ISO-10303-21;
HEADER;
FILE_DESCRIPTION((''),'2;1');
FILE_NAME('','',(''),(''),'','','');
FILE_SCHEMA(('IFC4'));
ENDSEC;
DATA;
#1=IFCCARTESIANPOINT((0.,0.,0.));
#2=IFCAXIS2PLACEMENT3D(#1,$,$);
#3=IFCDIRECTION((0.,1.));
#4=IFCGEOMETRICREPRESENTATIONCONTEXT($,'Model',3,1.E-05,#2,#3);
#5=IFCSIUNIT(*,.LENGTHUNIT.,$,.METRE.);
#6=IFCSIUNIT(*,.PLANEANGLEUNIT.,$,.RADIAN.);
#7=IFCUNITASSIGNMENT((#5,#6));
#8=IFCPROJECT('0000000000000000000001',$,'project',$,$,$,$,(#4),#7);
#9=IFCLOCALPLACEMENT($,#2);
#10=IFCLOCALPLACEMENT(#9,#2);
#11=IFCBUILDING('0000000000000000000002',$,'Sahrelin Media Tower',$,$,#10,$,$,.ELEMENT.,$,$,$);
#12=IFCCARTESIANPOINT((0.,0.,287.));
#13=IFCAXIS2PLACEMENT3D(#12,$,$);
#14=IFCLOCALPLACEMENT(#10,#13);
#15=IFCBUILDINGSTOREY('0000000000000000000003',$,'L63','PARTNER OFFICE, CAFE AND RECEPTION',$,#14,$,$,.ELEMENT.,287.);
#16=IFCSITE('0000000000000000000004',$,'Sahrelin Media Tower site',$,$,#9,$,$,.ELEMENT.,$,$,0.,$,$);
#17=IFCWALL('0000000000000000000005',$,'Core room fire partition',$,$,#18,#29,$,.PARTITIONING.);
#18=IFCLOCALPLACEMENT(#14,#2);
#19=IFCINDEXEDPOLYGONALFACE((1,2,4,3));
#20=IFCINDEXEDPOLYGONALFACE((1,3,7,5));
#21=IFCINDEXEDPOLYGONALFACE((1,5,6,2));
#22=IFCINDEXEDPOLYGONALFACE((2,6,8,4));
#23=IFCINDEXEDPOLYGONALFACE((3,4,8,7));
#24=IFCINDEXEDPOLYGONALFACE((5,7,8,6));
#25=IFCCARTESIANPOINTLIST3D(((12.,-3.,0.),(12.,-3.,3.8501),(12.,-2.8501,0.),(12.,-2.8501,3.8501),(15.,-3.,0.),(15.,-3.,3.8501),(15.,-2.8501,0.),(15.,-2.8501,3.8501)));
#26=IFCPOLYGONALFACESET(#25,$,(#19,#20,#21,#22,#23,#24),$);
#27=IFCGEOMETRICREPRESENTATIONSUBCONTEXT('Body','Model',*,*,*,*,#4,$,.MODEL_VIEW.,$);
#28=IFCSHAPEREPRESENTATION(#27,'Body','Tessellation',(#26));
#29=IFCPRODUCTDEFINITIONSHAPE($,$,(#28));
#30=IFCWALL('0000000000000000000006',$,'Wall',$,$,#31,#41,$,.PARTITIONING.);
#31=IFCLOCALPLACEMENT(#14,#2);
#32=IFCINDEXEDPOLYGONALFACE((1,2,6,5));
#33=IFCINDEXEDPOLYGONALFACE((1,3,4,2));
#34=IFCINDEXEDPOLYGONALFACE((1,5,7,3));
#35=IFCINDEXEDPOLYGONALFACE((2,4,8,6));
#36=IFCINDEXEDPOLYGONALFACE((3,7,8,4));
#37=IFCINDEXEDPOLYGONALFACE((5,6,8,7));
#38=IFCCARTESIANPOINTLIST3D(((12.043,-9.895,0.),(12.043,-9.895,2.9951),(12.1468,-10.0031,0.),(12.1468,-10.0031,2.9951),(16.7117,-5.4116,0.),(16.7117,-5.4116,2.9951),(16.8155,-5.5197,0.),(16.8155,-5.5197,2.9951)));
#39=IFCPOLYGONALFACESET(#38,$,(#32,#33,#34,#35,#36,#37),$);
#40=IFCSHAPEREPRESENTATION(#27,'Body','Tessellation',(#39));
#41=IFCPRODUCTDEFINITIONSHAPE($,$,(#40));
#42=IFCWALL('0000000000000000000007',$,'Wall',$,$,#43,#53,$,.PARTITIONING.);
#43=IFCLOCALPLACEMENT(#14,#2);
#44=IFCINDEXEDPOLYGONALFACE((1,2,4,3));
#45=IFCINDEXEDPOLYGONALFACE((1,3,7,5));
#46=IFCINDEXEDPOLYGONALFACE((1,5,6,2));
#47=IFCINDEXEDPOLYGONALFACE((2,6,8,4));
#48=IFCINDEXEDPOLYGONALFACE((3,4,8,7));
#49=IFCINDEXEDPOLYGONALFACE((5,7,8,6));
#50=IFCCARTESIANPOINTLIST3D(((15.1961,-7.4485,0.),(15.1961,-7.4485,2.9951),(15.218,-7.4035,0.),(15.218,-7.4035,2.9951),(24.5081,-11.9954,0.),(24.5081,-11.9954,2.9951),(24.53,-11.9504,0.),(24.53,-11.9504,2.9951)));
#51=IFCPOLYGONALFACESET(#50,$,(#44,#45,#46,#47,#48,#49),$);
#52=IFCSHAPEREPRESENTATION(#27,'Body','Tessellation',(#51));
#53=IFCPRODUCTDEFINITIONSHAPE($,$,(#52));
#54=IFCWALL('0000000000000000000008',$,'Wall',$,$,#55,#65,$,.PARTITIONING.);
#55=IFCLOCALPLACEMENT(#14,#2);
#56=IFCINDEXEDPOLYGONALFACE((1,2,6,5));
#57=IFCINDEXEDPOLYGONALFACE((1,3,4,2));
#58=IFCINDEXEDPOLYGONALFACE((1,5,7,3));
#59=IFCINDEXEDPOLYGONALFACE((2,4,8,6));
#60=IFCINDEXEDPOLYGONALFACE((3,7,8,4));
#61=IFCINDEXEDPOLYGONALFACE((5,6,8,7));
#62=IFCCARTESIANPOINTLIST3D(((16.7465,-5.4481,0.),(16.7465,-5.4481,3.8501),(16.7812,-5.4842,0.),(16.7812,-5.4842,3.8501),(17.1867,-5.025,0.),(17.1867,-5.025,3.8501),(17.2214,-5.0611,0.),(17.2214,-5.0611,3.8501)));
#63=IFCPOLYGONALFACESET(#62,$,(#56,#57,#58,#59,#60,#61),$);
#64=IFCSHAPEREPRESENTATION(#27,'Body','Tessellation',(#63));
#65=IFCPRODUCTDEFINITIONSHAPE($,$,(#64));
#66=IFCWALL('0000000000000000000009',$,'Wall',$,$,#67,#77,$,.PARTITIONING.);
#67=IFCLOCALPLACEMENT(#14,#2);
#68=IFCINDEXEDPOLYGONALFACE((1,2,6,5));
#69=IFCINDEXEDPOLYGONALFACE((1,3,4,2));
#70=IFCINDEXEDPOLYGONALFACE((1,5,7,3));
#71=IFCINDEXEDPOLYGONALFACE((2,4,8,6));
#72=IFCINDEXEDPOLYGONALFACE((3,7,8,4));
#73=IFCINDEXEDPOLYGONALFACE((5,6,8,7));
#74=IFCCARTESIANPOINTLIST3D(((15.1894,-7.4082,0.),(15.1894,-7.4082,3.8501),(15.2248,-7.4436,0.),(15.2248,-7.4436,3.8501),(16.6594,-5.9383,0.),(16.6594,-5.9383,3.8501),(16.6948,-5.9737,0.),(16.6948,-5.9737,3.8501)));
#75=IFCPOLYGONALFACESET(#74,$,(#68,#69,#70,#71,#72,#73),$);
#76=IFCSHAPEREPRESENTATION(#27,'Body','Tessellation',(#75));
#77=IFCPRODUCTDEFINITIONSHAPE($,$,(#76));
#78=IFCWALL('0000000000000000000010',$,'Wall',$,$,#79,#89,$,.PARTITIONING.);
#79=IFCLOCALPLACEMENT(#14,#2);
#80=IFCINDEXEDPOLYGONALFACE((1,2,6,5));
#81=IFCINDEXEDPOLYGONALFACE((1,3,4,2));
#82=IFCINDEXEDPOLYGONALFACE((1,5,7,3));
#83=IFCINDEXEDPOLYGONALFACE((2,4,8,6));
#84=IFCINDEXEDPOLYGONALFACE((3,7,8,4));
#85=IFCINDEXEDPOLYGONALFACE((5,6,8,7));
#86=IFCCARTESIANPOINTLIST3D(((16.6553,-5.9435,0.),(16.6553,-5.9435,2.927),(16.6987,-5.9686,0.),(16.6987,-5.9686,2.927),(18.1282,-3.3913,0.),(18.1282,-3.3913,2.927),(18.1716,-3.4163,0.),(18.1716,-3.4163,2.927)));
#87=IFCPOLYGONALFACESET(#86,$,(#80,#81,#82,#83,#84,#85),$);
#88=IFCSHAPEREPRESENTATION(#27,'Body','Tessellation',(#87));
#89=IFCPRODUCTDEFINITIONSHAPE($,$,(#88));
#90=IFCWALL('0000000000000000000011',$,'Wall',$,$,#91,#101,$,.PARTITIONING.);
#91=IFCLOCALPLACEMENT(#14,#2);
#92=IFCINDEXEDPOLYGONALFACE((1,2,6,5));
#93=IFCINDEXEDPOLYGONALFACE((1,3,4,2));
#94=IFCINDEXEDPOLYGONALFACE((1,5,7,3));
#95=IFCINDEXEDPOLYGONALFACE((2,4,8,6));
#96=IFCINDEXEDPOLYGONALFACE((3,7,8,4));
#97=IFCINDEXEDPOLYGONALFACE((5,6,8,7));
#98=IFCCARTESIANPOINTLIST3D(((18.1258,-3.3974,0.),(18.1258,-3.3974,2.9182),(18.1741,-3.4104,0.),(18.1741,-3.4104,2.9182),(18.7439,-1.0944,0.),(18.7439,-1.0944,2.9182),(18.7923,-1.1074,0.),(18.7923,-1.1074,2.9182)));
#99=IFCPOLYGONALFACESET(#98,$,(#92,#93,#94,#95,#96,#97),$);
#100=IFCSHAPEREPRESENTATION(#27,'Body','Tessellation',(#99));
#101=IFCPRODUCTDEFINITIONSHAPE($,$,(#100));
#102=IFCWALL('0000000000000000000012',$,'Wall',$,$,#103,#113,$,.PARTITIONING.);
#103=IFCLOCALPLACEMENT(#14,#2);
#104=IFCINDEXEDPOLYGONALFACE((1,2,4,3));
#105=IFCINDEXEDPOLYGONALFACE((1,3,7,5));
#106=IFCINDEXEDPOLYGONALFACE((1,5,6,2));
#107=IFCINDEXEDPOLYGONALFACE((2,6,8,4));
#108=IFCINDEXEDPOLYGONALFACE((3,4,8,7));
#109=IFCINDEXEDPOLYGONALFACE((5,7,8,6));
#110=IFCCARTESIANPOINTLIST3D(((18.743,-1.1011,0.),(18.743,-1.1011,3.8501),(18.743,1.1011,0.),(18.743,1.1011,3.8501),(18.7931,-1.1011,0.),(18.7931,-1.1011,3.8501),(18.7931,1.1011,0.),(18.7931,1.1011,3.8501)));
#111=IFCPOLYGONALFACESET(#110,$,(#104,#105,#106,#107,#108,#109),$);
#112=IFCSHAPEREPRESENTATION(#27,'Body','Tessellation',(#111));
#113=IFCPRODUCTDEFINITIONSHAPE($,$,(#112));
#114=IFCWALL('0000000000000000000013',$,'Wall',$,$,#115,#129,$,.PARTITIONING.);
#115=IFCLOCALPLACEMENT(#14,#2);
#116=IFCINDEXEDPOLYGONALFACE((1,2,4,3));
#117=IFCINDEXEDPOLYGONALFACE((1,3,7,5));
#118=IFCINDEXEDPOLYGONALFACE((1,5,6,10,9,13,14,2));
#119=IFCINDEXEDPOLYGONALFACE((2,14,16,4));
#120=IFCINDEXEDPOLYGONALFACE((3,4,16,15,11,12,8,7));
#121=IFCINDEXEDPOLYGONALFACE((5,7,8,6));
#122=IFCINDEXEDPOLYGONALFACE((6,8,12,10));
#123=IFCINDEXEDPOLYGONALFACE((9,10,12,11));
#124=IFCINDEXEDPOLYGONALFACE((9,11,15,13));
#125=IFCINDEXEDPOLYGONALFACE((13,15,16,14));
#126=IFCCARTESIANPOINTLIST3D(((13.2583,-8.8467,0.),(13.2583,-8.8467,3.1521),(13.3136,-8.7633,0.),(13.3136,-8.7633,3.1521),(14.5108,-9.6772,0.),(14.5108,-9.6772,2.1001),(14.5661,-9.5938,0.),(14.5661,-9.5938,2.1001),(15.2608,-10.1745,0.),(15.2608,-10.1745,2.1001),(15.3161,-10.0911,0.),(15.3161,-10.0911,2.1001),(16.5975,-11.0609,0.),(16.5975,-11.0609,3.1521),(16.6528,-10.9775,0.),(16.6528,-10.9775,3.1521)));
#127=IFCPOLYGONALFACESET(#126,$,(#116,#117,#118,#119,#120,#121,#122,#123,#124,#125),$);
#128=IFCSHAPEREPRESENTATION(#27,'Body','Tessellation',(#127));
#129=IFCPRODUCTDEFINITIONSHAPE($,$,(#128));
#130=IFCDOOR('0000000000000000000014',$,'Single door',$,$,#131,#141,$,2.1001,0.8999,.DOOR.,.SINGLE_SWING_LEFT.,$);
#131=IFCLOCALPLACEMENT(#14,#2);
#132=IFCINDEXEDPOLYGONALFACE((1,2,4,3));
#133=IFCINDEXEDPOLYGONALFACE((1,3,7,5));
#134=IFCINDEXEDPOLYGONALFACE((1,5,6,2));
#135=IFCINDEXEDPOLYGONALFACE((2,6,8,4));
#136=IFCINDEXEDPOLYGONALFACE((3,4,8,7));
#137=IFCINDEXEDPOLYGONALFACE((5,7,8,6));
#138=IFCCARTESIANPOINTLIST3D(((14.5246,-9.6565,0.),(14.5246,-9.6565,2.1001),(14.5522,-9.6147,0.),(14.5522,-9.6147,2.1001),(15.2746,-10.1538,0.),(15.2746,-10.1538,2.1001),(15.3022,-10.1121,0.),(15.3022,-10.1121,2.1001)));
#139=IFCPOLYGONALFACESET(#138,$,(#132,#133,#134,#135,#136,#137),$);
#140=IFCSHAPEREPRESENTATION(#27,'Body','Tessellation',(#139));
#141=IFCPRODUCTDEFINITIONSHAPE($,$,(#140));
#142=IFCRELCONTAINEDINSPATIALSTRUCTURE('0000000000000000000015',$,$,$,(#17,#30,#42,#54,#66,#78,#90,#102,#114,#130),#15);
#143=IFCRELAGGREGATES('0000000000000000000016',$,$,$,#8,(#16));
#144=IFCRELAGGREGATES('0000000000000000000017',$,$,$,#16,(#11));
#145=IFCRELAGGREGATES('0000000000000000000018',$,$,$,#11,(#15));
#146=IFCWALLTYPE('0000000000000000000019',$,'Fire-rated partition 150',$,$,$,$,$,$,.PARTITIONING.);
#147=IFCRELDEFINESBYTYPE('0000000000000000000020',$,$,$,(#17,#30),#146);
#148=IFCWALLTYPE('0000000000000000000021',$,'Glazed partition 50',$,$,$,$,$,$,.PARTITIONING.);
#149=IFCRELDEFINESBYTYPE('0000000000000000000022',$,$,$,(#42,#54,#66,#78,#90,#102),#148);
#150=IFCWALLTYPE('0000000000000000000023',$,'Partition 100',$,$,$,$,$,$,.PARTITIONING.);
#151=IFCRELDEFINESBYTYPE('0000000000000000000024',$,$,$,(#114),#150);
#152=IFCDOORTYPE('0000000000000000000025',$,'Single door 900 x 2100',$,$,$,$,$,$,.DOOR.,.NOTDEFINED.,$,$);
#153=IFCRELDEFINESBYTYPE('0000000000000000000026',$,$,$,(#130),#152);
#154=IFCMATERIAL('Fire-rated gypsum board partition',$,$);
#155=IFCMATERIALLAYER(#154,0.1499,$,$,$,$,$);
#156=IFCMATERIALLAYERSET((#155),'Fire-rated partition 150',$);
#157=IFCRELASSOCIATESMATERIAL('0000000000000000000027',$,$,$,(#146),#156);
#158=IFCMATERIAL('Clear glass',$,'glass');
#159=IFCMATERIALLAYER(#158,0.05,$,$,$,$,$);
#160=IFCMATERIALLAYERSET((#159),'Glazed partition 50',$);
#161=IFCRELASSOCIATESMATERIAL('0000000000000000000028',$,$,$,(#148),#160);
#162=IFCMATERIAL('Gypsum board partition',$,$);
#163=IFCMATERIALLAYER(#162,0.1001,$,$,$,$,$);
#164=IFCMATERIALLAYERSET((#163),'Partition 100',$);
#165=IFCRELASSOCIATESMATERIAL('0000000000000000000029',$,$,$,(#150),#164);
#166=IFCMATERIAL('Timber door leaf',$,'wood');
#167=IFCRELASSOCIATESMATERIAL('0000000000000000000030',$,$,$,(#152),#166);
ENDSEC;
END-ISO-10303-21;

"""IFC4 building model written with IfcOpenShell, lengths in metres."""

from ifc_helpers import new_model, si_unit, direction, frame, frame_2d, origin, place, context, subcontext, project, spatial, rectangle, extrude, material, layer, layer_set, type_object, element, fill, save


model = new_model("IFC4")

# Units and contexts
model_context = context("Model", 3, precision=1e-05, world=origin(), true_north=direction((0.0, 1.0)))
body_context = subcontext(model_context, "Body", "Model", "MODEL_VIEW")
ifc_project = project(units=[si_unit("LENGTHUNIT", "METRE"), si_unit("PLANEANGLEUNIT", "RADIAN")], contexts=[model_context])

# Site, building, storey
site_placement = place(None, origin())
site = spatial("IfcSite", under=ifc_project, at=site_placement, Name="Sahrelin Media Tower site", CompositionType="ELEMENT", RefElevation=0.0)
building_placement = place(site_placement, origin())
building = spatial("IfcBuilding", under=site, at=building_placement, Name="Sahrelin Media Tower", CompositionType="ELEMENT")
storey_placement = place(building_placement, frame((0.0, 0.0, 287.0)))
storey = spatial("IfcBuildingStorey", under=building, at=storey_placement, Name="L63", Description="PARTNER OFFICE, CAFE AND RECEPTION", CompositionType="ELEMENT", Elevation=287.0)

# Walls
ifc_material_1 = material(Name="Fire-rated gypsum board partition")
ifc_layer_1 = layer(ifc_material_1, 0.1499)
ifc_layer_set_1 = layer_set([ifc_layer_1], Name="Fire-rated partition 150")
wall_type_1 = type_object("IfcWallType", Name="Fire-rated partition 150", PredefinedType="PARTITIONING", material=ifc_layer_set_1)
wall_1_placement = place(storey_placement, frame((12.0, -2.925, 0.0), z_axis=(0.0, 0.0, 1.0), x_axis=(1.0, 0.0, 0.0)))
element("IfcWall", 1, at=wall_1_placement, inside=storey, type_object=wall_type_1, Name="Core room fire partition", PredefinedType="PARTITIONING", context=body_context, shape_type="SweptSolid", body=[
    extrude(rectangle(XDim=3.0, YDim=0.1499, at=frame_2d((1.5, 0.0))), origin(), (0.0, 0.0, 1.0), 3.8501),
])
wall_2_placement = place(storey_placement, frame((12.095, -9.949, 0.0), z_axis=(0.0, 0.0, 1.0), x_axis=(0.721276, 0.692648, 0.0)))
element("IfcWall", 2, at=wall_2_placement, inside=storey, type_object=wall_type_1, Name="Wall", PredefinedType="PARTITIONING", context=body_context, shape_type="SweptSolid", body=[
    extrude(rectangle(XDim=6.4729, YDim=0.1499, at=frame_2d((3.2363, 0.0))), origin(), (0.0, 0.0, 1.0), 2.9951),
])
ifc_material_2 = material(Name="Clear glass", Category="glass")
ifc_layer_2 = layer(ifc_material_2, 0.05)
ifc_layer_set_2 = layer_set([ifc_layer_2], Name="Glazed partition 50")
wall_type_2 = type_object("IfcWallType", Name="Glazed partition 50", PredefinedType="PARTITIONING", material=ifc_layer_set_2)
wall_3_placement = place(storey_placement, frame((15.207, -7.426, 0.0), z_axis=(0.0, 0.0, 1.0), x_axis=(0.8986, -0.438769, 0.0)))
element("IfcWall", 3, at=wall_3_placement, inside=storey, type_object=wall_type_2, Name="Wall", PredefinedType="PARTITIONING", context=body_context, shape_type="SweptSolid", body=[
    extrude(rectangle(XDim=10.3628, YDim=0.05, at=frame_2d((5.1814, 0.0))), origin(), (0.0, 0.0, 1.0), 2.9951),
])
wall_4_placement = place(storey_placement, frame((16.7639, -5.4661, 0.0), z_axis=(0.0, 0.0, 1.0), x_axis=(0.720964, 0.692973, 0.0)))
element("IfcWall", 4, at=wall_4_placement, inside=storey, type_object=wall_type_2, Name="Wall", PredefinedType="PARTITIONING", context=body_context, shape_type="SweptSolid", body=[
    extrude(rectangle(XDim=0.6106, YDim=0.05, at=frame_2d((0.3052, 0.0))), origin(), (0.0, 0.0, 1.0), 3.8501),
])
wall_5_placement = place(storey_placement, frame((15.207, -7.426, 0.0), z_axis=(0.0, 0.0, 1.0), x_axis=(0.707107, 0.707107, 0.0)))
element("IfcWall", 5, at=wall_5_placement, inside=storey, type_object=wall_type_2, Name="Wall", PredefinedType="PARTITIONING", context=body_context, shape_type="SweptSolid", body=[
    extrude(rectangle(XDim=2.0789, YDim=0.05, at=frame_2d((1.0396, 0.0))), origin(), (0.0, 0.0, 1.0), 3.8501),
])
wall_6_placement = place(storey_placement, frame((16.677, -5.9561, 0.0), z_axis=(0.0, 0.0, 1.0), x_axis=(0.499837, 0.866119, 0.0)))
element("IfcWall", 6, at=wall_6_placement, inside=storey, type_object=wall_type_2, Name="Wall", PredefinedType="PARTITIONING", context=body_context, shape_type="SweptSolid", body=[
    extrude(rectangle(XDim=2.9468, YDim=0.05, at=frame_2d((1.4734, 0.0))), origin(), (0.0, 0.0, 1.0), 2.927),
])
wall_7_placement = place(storey_placement, frame((18.1499, -3.4041, 0.0), z_axis=(0.0, 0.0, 1.0), x_axis=(0.259243, 0.965812, 0.0)))
element("IfcWall", 7, at=wall_7_placement, inside=storey, type_object=wall_type_2, Name="Wall", PredefinedType="PARTITIONING", context=body_context, shape_type="SweptSolid", body=[
    extrude(rectangle(XDim=2.3845, YDim=0.05, at=frame_2d((1.1924, 0.0))), origin(), (0.0, 0.0, 1.0), 2.9182),
])
wall_8_placement = place(storey_placement, frame((18.7681, -1.1011, 0.0), z_axis=(0.0, 0.0, 1.0), x_axis=(0.0, 1.0, 0.0)))
element("IfcWall", 8, at=wall_8_placement, inside=storey, type_object=wall_type_2, Name="Wall", PredefinedType="PARTITIONING", context=body_context, shape_type="SweptSolid", body=[
    extrude(rectangle(XDim=2.2021, YDim=0.05, at=frame_2d((1.1011, 0.0))), origin(), (0.0, 0.0, 1.0), 3.8501),
])

# Wall, opening, door
ifc_material_3 = material(Name="Gypsum board partition")
ifc_layer_3 = layer(ifc_material_3, 0.1001)
ifc_layer_set_3 = layer_set([ifc_layer_3], Name="Partition 100")
wall_type_3 = type_object("IfcWallType", Name="Partition 100", PredefinedType="PARTITIONING", material=ifc_layer_set_3)
wall_9_placement = place(storey_placement, frame((13.2859, -8.8049, 0.0), z_axis=(0.0, 0.0, 1.0), x_axis=(0.833426, -0.552631, 0.0)))
wall_9 = element("IfcWall", 9, at=wall_9_placement, inside=storey, type_object=wall_type_3, Name="Wall", PredefinedType="PARTITIONING", context=body_context, shape_type="SweptSolid", body=[
    extrude(rectangle(XDim=4.0066, YDim=0.1001, at=frame_2d((2.0034, 0.0))), origin(), (0.0, 0.0, 1.0), 3.1521),
])
opening_1_placement = place(wall_9_placement, frame((1.5029, 0.0, 0.0)))
opening_1 = element("IfcOpeningElement", 10, at=opening_1_placement, cuts=wall_9, PredefinedType="OPENING", context=body_context, shape_type="SweptSolid", body=[
    extrude(rectangle(XDim=0.8999, YDim=2.1001, at=frame_2d((0.45, 1.05))), frame((0.0, 0.05, 0.0), z_axis=(0.0, -1.0, 0.0), x_axis=(1.0, 0.0, 0.0)), (0.0, 0.0, 1.0), 0.1001),
])
ifc_material_4 = material(Name="Timber door leaf", Category="wood")
door_type_1 = type_object("IfcDoorType", Name="Single door 900 x 2100", OperationType="NOTDEFINED", PredefinedType="DOOR", material=ifc_material_4)
door_1_placement = place(opening_1_placement, origin())
door_1 = element("IfcDoor", 11, at=door_1_placement, inside=storey, type_object=door_type_1, Name="Single door", OperationType="SINGLE_SWING_LEFT", OverallHeight=2.1001, OverallWidth=0.8999, PredefinedType="DOOR", context=body_context, shape_type="SweptSolid", body=[
    extrude(rectangle(XDim=0.8999, YDim=2.1001, at=frame_2d((0.45, 1.05))), frame((0.0, 0.0249, 0.0), z_axis=(0.0, -1.0, 0.0), x_axis=(1.0, 0.0, 0.0)), (0.0, 0.0, 1.0), 0.05),
])
fill(opening_1, door_1)

save(model, "model.ifc")
